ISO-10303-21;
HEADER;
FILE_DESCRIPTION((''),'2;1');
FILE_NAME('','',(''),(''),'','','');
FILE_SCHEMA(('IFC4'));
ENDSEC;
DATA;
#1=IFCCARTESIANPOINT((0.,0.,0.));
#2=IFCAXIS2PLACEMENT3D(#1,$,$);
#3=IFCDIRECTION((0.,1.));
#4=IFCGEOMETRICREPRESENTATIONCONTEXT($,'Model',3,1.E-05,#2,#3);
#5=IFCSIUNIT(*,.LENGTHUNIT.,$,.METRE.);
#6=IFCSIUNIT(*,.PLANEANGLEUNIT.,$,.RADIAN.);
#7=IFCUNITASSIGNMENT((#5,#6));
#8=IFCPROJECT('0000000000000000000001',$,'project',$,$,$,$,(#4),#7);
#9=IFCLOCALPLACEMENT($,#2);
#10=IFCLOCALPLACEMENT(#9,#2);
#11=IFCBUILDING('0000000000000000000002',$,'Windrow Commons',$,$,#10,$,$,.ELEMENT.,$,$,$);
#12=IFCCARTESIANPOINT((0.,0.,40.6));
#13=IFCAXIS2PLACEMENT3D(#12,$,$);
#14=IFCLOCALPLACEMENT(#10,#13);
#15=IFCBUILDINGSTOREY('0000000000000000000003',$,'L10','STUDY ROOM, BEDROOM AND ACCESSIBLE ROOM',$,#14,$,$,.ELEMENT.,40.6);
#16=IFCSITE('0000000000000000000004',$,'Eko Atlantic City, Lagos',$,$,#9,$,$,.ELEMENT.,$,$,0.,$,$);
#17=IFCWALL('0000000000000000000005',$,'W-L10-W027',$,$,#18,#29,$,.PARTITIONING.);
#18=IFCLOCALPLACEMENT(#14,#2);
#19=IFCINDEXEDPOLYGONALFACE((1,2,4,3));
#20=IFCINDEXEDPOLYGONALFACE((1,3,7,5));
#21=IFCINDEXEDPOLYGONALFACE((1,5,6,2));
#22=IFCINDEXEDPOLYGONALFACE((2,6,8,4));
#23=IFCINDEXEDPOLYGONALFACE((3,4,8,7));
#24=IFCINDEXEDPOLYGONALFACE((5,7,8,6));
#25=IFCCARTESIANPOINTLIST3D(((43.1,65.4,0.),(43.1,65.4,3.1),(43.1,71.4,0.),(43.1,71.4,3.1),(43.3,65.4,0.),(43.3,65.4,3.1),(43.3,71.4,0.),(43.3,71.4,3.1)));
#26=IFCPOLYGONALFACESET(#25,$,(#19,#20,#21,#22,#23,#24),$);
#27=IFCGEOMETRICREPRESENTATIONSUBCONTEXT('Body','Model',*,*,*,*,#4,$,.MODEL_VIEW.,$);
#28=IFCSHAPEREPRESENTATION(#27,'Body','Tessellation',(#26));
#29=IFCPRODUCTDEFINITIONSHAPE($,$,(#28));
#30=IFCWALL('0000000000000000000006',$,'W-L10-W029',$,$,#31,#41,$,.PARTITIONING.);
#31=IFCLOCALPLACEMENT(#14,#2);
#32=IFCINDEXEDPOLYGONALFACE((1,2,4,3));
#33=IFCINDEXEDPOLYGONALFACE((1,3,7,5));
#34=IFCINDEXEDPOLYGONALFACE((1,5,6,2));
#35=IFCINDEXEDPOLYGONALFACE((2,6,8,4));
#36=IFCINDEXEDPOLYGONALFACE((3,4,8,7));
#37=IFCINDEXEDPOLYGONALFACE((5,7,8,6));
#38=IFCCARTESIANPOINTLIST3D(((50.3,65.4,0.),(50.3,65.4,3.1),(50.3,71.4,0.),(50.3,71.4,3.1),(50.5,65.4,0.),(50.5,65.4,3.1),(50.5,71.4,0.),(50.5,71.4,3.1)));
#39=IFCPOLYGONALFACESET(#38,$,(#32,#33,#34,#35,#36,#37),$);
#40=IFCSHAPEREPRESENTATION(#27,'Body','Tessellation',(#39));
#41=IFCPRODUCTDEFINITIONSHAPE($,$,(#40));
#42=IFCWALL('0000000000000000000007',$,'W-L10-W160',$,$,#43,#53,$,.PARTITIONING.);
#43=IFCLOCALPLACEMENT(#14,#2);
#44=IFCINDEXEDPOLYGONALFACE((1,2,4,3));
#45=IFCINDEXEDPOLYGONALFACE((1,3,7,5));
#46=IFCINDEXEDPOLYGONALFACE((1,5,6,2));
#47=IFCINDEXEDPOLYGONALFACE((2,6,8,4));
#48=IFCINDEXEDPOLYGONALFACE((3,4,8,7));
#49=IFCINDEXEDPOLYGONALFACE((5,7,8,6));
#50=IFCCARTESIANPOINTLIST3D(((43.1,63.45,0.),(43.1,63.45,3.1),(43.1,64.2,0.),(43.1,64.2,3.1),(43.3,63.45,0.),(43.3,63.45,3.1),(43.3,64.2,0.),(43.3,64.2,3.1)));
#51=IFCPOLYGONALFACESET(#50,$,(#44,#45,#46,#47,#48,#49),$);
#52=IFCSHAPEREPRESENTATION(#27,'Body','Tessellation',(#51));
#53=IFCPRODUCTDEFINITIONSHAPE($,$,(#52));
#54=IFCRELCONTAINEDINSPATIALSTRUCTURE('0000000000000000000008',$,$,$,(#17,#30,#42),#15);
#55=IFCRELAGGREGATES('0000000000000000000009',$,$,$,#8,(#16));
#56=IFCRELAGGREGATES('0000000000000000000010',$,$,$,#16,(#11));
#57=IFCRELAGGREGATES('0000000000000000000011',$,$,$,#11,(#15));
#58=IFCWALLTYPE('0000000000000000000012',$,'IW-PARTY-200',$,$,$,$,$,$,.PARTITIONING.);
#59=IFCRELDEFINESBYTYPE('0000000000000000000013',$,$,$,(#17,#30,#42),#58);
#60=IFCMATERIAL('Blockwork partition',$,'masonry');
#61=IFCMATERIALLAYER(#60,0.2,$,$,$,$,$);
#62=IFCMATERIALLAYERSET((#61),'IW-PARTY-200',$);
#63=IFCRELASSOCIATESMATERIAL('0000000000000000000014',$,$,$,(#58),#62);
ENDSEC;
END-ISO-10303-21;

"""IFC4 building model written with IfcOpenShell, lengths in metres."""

from ifc_helpers import new_model, si_unit, direction, frame, frame_2d, origin, place, context, subcontext, project, spatial, rectangle, extrude, material, layer, layer_set, type_object, element, save


model = new_model("IFC4")

# Units and contexts
model_context = context("Model", 3, precision=1e-05, world=origin(), true_north=direction((0.0, 1.0)))
body_context = subcontext(model_context, "Body", "Model", "MODEL_VIEW")
ifc_project = project(units=[si_unit("LENGTHUNIT", "METRE"), si_unit("PLANEANGLEUNIT", "RADIAN")], contexts=[model_context])

# Site, building, storey
site_placement = place(None, origin())
site = spatial("IfcSite", under=ifc_project, at=site_placement, Name="Eko Atlantic City, Lagos", CompositionType="ELEMENT", RefElevation=0.0)
building_placement = place(site_placement, origin())
building = spatial("IfcBuilding", under=site, at=building_placement, Name="Windrow Commons", CompositionType="ELEMENT")
storey_placement = place(building_placement, frame((0.0, 0.0, 40.6)))
storey = spatial("IfcBuildingStorey", under=building, at=storey_placement, Name="L10", Description="STUDY ROOM, BEDROOM AND ACCESSIBLE ROOM", CompositionType="ELEMENT", Elevation=40.6)

# Walls
ifc_material_1 = material(Name="Blockwork partition", Category="masonry")
ifc_layer_1 = layer(ifc_material_1, 0.2)
ifc_layer_set_1 = layer_set([ifc_layer_1], Name="IW-PARTY-200")
wall_type_1 = type_object("IfcWallType", Name="IW-PARTY-200", PredefinedType="PARTITIONING", material=ifc_layer_set_1)
for number, where, z_axis, x_axis, name in (
    (1, (43.2, 65.4, 0.0), (0.0, 0.0, 1.0), (0.0, 1.0, 0.0), "W-L10-W027"),
    (2, (50.4, 65.4, 0.0), (0.0, 0.0, 1.0), (0.0, 1.0, 0.0), "W-L10-W029"),
):
    element("IfcWall", number, at=place(storey_placement, frame(where, z_axis=z_axis, x_axis=x_axis)), inside=storey, type_object=wall_type_1, Name=name, PredefinedType="PARTITIONING", context=body_context, shape_type="SweptSolid", body=[
        extrude(rectangle(XDim=6.0, YDim=0.2, at=frame_2d((3.0, 0.0))), origin(), (0.0, 0.0, 1.0), 3.1),
    ])
wall_1_placement = place(storey_placement, frame((43.2, 63.45, 0.0), z_axis=(0.0, 0.0, 1.0), x_axis=(0.0, 1.0, 0.0)))
element("IfcWall", 3, at=wall_1_placement, inside=storey, type_object=wall_type_1, Name="W-L10-W160", PredefinedType="PARTITIONING", context=body_context, shape_type="SweptSolid", body=[
    extrude(rectangle(XDim=0.75, YDim=0.2, at=frame_2d((0.375, 0.0))), origin(), (0.0, 0.0, 1.0), 3.1),
])

save(model, "model.ifc")
